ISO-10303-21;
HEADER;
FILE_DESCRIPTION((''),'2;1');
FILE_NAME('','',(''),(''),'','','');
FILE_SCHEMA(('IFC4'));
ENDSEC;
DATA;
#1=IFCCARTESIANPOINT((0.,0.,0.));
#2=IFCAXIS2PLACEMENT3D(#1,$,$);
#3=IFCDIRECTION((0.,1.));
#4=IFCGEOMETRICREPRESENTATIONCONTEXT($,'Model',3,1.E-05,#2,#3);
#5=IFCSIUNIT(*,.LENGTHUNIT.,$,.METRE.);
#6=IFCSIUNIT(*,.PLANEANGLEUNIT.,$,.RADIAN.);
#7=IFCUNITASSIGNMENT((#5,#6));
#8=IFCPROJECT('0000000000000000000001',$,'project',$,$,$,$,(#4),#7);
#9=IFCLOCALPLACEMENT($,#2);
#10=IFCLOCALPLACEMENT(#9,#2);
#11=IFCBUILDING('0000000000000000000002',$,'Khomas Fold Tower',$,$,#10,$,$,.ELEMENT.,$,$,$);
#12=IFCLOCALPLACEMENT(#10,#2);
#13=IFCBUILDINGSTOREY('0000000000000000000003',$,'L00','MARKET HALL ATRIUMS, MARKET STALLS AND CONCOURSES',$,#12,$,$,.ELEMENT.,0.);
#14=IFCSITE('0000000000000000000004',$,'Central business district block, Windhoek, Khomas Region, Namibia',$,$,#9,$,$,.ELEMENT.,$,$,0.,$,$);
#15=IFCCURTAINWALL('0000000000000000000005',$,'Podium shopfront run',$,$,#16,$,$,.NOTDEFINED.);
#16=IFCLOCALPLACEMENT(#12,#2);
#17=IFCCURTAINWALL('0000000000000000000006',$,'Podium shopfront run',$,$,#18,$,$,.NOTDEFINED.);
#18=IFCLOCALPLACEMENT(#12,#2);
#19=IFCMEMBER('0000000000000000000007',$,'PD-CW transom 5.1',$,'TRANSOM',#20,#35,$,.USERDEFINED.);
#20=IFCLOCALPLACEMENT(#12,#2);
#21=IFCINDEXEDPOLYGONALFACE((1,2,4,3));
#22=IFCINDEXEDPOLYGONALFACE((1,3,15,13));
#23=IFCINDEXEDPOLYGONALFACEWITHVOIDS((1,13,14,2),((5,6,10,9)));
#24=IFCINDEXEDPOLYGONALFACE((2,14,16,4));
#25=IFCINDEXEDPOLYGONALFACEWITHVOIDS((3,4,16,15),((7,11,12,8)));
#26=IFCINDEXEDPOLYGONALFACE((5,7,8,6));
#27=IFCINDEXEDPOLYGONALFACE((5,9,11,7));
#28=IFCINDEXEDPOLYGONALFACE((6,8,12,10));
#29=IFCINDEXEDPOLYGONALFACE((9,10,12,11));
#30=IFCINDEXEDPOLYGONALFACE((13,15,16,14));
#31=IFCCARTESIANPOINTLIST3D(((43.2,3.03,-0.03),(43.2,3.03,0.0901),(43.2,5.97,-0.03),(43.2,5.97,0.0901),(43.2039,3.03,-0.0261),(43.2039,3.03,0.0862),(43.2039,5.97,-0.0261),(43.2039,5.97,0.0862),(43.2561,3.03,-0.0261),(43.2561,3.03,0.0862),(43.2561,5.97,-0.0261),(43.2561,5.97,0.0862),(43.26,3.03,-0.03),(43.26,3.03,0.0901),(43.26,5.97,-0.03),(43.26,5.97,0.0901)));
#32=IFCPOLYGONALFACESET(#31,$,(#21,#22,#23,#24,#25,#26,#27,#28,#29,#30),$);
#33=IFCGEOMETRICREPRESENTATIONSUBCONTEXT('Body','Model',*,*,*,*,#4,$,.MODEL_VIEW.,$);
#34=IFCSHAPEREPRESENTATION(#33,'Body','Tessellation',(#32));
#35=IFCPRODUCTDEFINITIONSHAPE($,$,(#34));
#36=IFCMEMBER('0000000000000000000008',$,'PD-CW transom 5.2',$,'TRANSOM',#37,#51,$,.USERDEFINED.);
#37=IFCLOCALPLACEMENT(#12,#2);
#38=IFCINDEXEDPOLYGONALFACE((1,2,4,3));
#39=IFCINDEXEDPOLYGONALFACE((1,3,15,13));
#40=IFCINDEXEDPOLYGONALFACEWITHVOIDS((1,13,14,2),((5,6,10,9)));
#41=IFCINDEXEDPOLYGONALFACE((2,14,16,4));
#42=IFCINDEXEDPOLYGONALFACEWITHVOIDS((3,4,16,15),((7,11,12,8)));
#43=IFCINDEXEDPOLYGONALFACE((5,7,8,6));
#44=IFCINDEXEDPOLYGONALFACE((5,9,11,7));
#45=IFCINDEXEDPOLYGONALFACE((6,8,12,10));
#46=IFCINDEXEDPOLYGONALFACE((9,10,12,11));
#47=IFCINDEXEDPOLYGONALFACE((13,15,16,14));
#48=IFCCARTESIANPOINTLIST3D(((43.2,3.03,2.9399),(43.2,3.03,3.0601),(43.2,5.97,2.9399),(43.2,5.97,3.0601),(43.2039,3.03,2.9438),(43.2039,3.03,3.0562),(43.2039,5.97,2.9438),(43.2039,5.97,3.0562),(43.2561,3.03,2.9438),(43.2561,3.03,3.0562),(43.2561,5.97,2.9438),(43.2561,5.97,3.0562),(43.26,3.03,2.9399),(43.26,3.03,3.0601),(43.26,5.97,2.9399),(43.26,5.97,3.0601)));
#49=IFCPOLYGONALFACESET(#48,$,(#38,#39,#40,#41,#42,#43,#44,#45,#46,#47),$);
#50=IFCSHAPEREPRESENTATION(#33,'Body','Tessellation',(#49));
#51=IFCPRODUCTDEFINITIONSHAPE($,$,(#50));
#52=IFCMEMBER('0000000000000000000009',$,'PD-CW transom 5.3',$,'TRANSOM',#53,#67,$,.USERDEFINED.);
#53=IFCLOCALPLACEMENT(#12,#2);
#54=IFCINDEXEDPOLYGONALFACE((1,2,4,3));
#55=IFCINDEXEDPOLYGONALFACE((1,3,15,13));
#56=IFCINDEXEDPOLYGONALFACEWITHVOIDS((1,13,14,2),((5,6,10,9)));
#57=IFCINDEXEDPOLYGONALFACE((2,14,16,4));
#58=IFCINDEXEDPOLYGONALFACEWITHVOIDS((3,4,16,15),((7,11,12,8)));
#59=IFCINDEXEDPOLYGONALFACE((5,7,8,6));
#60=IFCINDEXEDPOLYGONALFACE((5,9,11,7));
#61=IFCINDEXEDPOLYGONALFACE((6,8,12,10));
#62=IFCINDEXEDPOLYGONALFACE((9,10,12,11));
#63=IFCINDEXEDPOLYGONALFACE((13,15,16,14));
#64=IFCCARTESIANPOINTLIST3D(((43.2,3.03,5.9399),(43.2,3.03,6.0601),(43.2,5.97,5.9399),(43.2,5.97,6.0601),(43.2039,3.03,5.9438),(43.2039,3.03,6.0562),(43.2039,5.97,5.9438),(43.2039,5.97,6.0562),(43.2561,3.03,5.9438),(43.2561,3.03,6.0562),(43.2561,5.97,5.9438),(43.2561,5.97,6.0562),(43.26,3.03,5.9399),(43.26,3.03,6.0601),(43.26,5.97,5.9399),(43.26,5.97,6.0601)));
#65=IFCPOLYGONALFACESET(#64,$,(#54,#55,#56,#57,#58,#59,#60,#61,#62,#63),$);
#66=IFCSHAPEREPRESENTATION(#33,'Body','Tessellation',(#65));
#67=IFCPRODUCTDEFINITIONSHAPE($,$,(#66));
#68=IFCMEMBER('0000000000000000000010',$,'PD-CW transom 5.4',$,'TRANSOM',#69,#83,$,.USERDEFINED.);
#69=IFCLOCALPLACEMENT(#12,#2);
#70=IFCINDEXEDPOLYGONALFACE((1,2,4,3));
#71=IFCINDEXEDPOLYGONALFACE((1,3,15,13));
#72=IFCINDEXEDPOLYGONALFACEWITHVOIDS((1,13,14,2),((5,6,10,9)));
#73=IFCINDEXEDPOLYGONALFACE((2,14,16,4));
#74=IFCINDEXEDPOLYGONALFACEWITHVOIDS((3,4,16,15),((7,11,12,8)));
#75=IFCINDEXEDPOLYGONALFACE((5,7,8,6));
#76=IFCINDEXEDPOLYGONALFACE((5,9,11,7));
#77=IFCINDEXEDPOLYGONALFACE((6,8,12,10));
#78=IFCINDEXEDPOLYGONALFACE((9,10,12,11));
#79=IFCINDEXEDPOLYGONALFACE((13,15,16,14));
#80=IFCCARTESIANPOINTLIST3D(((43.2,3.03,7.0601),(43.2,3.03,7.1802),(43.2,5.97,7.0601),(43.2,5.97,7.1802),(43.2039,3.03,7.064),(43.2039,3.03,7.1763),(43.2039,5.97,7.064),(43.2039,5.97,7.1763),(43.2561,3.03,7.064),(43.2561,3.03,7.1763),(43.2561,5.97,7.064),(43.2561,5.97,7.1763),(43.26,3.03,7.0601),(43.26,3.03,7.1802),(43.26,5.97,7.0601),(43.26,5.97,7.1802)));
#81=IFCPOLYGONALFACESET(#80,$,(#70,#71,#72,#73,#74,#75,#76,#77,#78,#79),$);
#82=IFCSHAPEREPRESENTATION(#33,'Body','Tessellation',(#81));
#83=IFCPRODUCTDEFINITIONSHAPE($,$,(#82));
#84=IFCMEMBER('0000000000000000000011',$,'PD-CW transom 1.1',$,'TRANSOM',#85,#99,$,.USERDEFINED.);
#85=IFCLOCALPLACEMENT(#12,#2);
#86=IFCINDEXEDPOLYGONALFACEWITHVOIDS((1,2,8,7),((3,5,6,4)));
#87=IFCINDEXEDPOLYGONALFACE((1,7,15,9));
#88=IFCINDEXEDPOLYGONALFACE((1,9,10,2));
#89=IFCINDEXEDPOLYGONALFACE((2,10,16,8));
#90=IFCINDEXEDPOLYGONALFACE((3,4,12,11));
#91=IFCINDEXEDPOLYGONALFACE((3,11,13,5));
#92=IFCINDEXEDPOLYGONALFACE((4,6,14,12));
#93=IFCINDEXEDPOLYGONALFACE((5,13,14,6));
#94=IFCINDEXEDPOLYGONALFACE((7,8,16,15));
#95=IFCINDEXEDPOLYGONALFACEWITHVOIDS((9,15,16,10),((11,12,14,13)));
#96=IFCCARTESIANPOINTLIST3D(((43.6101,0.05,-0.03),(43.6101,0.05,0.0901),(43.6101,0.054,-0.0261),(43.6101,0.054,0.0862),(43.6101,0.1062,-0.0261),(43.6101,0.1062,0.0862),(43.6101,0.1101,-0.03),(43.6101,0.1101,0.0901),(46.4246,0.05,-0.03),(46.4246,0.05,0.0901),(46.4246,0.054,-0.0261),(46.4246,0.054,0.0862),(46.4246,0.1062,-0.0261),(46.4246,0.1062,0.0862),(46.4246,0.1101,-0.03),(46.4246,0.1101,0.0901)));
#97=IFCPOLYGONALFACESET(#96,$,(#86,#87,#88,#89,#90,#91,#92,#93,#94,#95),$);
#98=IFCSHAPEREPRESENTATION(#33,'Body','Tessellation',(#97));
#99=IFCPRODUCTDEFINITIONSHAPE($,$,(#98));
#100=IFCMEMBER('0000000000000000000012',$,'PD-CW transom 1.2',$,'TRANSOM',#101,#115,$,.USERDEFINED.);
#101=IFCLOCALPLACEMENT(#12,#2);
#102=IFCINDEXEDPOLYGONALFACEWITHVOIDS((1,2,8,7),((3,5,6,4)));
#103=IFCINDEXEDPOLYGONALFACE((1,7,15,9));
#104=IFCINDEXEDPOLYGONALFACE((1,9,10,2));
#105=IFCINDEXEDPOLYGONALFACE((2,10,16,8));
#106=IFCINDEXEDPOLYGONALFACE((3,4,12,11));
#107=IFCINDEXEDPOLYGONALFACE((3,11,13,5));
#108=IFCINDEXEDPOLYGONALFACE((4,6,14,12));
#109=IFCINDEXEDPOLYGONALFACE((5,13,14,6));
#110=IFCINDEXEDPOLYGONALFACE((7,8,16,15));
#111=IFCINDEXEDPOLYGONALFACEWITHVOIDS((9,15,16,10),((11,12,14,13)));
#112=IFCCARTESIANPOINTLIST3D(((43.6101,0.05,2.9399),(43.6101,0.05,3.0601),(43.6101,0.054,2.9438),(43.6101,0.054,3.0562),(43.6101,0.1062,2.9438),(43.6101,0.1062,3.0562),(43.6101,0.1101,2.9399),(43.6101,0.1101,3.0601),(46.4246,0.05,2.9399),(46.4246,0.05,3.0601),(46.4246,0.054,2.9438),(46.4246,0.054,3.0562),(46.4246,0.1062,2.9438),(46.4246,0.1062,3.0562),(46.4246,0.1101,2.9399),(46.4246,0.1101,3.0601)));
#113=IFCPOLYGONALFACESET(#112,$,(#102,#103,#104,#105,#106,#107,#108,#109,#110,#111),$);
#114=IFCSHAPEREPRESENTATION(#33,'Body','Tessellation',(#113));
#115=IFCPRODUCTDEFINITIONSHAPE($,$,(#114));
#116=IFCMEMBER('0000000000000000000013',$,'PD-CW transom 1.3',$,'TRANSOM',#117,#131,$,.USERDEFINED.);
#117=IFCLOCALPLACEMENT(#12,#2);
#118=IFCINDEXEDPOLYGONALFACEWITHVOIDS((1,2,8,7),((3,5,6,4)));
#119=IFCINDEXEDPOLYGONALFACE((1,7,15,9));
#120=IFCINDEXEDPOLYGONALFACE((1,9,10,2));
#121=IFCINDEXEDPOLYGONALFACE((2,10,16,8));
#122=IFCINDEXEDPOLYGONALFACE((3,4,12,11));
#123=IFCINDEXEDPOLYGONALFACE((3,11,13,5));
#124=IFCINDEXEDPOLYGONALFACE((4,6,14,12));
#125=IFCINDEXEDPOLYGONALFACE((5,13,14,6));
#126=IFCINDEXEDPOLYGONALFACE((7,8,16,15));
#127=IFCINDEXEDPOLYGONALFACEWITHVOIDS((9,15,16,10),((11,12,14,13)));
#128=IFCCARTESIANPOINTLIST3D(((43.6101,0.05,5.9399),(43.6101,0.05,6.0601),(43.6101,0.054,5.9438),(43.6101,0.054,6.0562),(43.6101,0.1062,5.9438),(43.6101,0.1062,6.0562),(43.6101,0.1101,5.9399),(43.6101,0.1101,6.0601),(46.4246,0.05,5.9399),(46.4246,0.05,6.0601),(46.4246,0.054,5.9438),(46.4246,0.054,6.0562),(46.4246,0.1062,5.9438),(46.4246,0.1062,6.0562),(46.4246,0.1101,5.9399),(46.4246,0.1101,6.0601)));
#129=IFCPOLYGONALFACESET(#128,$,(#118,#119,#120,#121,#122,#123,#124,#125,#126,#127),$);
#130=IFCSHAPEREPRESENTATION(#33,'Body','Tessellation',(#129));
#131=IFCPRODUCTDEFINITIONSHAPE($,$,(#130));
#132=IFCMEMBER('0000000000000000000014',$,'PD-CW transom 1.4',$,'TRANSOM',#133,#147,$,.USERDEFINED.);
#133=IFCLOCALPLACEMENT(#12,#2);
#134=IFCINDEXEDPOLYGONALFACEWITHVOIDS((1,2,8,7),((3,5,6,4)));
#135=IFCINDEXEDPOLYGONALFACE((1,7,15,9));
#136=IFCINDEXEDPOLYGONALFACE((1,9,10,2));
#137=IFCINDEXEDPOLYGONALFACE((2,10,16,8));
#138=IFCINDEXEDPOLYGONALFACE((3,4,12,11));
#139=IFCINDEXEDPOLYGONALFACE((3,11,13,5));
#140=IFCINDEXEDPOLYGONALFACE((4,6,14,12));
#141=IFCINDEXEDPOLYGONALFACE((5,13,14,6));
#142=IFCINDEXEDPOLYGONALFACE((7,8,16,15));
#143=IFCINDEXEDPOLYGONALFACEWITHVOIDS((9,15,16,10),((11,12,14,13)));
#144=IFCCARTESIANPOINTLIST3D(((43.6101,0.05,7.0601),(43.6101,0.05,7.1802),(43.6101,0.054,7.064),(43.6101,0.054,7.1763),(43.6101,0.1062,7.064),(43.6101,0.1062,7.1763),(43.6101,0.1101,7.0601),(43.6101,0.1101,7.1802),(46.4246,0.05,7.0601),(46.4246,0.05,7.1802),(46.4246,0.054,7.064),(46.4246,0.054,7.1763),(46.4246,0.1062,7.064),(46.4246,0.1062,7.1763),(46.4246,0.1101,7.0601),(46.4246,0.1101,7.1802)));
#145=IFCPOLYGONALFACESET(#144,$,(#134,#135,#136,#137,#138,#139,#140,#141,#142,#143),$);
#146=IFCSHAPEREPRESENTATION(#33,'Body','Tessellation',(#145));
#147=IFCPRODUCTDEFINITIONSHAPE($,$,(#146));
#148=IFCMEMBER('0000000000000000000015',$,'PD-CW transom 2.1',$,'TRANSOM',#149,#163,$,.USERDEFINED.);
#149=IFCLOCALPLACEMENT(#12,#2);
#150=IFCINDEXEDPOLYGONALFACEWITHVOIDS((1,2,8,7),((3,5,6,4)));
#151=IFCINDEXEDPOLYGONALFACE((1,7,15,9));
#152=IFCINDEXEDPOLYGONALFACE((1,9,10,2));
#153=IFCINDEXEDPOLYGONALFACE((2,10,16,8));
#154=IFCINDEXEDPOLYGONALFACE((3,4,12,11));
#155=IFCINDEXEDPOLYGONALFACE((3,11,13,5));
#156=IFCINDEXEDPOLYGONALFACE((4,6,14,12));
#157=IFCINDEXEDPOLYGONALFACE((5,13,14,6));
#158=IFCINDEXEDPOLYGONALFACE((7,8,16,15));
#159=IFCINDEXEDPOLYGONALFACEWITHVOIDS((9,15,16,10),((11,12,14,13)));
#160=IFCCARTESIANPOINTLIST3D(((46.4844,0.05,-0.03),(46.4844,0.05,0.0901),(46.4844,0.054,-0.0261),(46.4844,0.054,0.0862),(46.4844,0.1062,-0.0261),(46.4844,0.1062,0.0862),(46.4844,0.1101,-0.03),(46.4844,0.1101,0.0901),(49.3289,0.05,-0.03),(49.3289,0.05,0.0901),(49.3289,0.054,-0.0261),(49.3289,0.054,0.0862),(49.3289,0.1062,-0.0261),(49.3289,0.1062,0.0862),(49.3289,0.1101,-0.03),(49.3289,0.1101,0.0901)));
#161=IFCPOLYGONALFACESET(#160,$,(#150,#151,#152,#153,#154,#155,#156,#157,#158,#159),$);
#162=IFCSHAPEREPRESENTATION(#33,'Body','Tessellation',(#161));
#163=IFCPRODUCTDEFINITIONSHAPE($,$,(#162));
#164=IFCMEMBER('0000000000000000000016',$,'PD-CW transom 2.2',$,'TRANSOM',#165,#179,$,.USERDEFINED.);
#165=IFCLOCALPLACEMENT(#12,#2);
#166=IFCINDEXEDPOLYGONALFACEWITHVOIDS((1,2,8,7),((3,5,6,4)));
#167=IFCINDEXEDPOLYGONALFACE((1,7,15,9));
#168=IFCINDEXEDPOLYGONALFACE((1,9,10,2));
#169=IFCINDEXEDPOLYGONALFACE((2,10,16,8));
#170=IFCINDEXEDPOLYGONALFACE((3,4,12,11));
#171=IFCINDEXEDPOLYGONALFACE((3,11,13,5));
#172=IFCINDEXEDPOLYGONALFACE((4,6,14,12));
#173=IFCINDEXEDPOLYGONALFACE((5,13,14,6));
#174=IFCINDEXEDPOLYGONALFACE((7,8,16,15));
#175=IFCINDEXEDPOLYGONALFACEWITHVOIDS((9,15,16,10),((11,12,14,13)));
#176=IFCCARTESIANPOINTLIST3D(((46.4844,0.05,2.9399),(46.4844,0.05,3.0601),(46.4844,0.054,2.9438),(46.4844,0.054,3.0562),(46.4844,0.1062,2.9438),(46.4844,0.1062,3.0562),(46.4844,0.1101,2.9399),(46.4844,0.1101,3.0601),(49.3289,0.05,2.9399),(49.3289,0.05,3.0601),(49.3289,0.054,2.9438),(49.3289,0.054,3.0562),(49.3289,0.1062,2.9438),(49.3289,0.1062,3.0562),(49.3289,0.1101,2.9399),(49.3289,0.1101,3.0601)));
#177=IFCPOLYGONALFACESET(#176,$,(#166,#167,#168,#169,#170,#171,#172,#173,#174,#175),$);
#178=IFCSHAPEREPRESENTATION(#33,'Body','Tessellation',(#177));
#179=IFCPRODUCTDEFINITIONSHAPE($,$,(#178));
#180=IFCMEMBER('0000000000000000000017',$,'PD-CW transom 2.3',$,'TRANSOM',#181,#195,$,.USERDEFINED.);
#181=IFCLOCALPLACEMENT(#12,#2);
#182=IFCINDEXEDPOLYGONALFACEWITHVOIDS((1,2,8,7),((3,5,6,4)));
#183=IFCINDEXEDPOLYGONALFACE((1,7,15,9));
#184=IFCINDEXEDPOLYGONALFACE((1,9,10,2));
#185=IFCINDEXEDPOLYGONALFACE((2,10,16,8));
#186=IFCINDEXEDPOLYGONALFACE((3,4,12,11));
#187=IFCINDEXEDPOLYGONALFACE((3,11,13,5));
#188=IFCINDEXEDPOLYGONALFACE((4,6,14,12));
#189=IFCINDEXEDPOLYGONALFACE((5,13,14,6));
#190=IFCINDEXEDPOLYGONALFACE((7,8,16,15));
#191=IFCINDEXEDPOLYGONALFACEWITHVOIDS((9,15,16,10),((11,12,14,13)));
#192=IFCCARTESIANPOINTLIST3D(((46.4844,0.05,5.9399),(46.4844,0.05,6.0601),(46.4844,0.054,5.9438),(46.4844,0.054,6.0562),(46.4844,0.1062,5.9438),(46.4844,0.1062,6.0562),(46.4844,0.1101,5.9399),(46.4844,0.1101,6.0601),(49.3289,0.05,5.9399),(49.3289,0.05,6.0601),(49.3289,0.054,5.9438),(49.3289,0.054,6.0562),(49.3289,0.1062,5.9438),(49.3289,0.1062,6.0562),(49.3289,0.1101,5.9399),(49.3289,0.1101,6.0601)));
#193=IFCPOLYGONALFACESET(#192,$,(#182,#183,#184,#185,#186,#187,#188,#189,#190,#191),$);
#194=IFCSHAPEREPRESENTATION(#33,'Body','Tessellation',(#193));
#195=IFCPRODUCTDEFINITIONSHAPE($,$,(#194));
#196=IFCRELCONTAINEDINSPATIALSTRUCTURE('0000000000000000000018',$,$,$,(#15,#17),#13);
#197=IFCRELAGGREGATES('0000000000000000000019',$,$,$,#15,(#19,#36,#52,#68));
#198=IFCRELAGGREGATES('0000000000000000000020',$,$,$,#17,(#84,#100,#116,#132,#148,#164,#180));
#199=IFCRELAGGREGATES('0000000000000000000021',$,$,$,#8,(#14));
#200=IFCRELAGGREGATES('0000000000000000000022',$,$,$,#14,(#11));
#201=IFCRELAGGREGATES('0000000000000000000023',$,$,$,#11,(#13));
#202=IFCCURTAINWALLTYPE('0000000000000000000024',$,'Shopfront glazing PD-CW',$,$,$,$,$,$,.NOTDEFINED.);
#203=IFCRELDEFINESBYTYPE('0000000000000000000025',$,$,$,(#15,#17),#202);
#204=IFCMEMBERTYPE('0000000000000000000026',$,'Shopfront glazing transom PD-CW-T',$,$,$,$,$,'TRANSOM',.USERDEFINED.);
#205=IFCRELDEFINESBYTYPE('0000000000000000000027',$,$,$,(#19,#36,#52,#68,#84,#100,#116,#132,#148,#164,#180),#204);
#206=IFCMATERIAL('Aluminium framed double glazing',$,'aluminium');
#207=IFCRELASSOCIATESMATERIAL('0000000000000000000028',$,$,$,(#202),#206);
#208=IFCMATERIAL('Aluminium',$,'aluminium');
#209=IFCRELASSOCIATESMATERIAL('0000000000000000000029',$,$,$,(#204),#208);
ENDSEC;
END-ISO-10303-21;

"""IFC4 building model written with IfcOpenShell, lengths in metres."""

from ifc_helpers import new_model, si_unit, direction, frame, origin, origin_2d, place, context, subcontext, project, spatial, hollow_rectangle, extrude, source, transform, mapped, material, material_profile, profile_set, type_object, element, aggregate, save


model = new_model("IFC4")

# Units and contexts
model_context = context("Model", 3, precision=1e-05, world=origin(), true_north=direction((0.0, 1.0)))
body_context = subcontext(model_context, "Body", "Model", "MODEL_VIEW")
ifc_project = project(units=[si_unit("LENGTHUNIT", "METRE"), si_unit("PLANEANGLEUNIT", "RADIAN")], contexts=[model_context])

# Site, building, storey
site_placement = place(None, origin())
site = spatial("IfcSite", under=ifc_project, at=site_placement, Name="Central business district block, Windhoek, Khomas Region, Namibia", CompositionType="ELEMENT", RefElevation=0.0)
building_placement = place(site_placement, origin())
building = spatial("IfcBuilding", under=site, at=building_placement, Name="Khomas Fold Tower", CompositionType="ELEMENT")
storey_placement = place(building_placement, origin())
storey = spatial("IfcBuildingStorey", under=building, at=storey_placement, Name="L00", Description="MARKET HALL ATRIUMS, MARKET STALLS AND CONCOURSES", CompositionType="ELEMENT", Elevation=0.0)

# Shared definitions
ifc_material_1 = material(Name="Aluminium framed double glazing", Category="aluminium")
curtain_wall_type = type_object("IfcCurtainWallType", Name="Shopfront glazing PD-CW", PredefinedType="NOTDEFINED", material=ifc_material_1)

# Curtain walls
curtain_wall_1_placement = place(storey_placement, origin())
curtain_wall_1 = element("IfcCurtainWall", 1, at=curtain_wall_1_placement, inside=storey, type_object=curtain_wall_type, Name="Podium shopfront run", PredefinedType="NOTDEFINED")
curtain_wall_2_placement = place(storey_placement, origin())
curtain_wall_2 = element("IfcCurtainWall", 2, at=curtain_wall_2_placement, inside=storey, type_object=curtain_wall_type, Name="Podium shopfront run", PredefinedType="NOTDEFINED")

# Members
ifc_material_2 = material(Name="Aluminium", Category="aluminium")
ifc_material_profile_1 = material_profile(ifc_material_2, hollow_rectangle(XDim=0.0601, YDim=0.1201, WallThickness=0.0039, at=origin_2d()), Name="Shopfront glazing transom PD-CW-T")
ifc_profile_set_1 = profile_set([ifc_material_profile_1], Name="Aluminium")
member_type_1 = type_object("IfcMemberType", Name="Shopfront glazing transom PD-CW-T", ElementType="TRANSOM", PredefinedType="USERDEFINED", material=ifc_profile_set_1)
shared_shape_1 = source(origin(), body_context, "Body", "SweptSolid", [
    extrude(hollow_rectangle(XDim=0.0601, YDim=0.1201, WallThickness=0.0039, at=origin_2d()), origin(), (0.0, 0.0, 1.0), 2.9399),
])
member_1_placement = place(storey_placement, frame((43.23, 5.97, 0.03), z_axis=(0.0, -1.0, 0.0), x_axis=(1.0, 0.0, 0.0)))
member_1 = element("IfcMember", 3, at=member_1_placement, type_object=member_type_1, Name="PD-CW transom 5.1", ObjectType="TRANSOM", PredefinedType="USERDEFINED", context=body_context, shape_type="MappedRepresentation", body=[
    mapped(shared_shape_1, transform((0.0, 0.0, 0.0))),
])
member_2_placement = place(storey_placement, frame((43.23, 5.97, 3.0), z_axis=(0.0, -1.0, 0.0), x_axis=(1.0, 0.0, 0.0)))
member_2 = element("IfcMember", 4, at=member_2_placement, type_object=member_type_1, Name="PD-CW transom 5.2", ObjectType="TRANSOM", PredefinedType="USERDEFINED", context=body_context, shape_type="MappedRepresentation", body=[
    mapped(shared_shape_1, transform((0.0, 0.0, 0.0))),
])
member_3_placement = place(storey_placement, frame((43.23, 5.97, 6.0), z_axis=(0.0, -1.0, 0.0), x_axis=(1.0, 0.0, 0.0)))
member_3 = element("IfcMember", 5, at=member_3_placement, type_object=member_type_1, Name="PD-CW transom 5.3", ObjectType="TRANSOM", PredefinedType="USERDEFINED", context=body_context, shape_type="MappedRepresentation", body=[
    mapped(shared_shape_1, transform((0.0, 0.0, 0.0))),
])
member_4_placement = place(storey_placement, frame((43.23, 5.97, 7.1201), z_axis=(0.0, -1.0, 0.0), x_axis=(1.0, 0.0, 0.0)))
member_4 = element("IfcMember", 6, at=member_4_placement, type_object=member_type_1, Name="PD-CW transom 5.4", ObjectType="TRANSOM", PredefinedType="USERDEFINED", context=body_context, shape_type="MappedRepresentation", body=[
    mapped(shared_shape_1, transform((0.0, 0.0, 0.0))),
])
shared_shape_2 = source(origin(), body_context, "Body", "SweptSolid", [
    extrude(hollow_rectangle(XDim=0.0601, YDim=0.1201, WallThickness=0.0039, at=origin_2d()), origin(), (0.0, 0.0, 1.0), 2.8145),
])
member_5_placement = place(storey_placement, frame((43.6101, 0.0801, 0.03), z_axis=(1.0, 0.0, 0.0), x_axis=(0.0, 1.0, 0.0)))
member_5 = element("IfcMember", 7, at=member_5_placement, type_object=member_type_1, Name="PD-CW transom 1.1", ObjectType="TRANSOM", PredefinedType="USERDEFINED", context=body_context, shape_type="MappedRepresentation", body=[
    mapped(shared_shape_2, transform((0.0, 0.0, 0.0))),
])
member_6_placement = place(storey_placement, frame((43.6101, 0.0801, 3.0), z_axis=(1.0, 0.0, 0.0), x_axis=(0.0, 1.0, 0.0)))
member_6 = element("IfcMember", 8, at=member_6_placement, type_object=member_type_1, Name="PD-CW transom 1.2", ObjectType="TRANSOM", PredefinedType="USERDEFINED", context=body_context, shape_type="MappedRepresentation", body=[
    mapped(shared_shape_2, transform((0.0, 0.0, 0.0))),
])
member_7_placement = place(storey_placement, frame((43.6101, 0.0801, 6.0), z_axis=(1.0, 0.0, 0.0), x_axis=(0.0, 1.0, 0.0)))
member_7 = element("IfcMember", 9, at=member_7_placement, type_object=member_type_1, Name="PD-CW transom 1.3", ObjectType="TRANSOM", PredefinedType="USERDEFINED", context=body_context, shape_type="MappedRepresentation", body=[
    mapped(shared_shape_2, transform((0.0, 0.0, 0.0))),
])
member_8_placement = place(storey_placement, frame((43.6101, 0.0801, 7.1201), z_axis=(1.0, 0.0, 0.0), x_axis=(0.0, 1.0, 0.0)))
member_8 = element("IfcMember", 10, at=member_8_placement, type_object=member_type_1, Name="PD-CW transom 1.4", ObjectType="TRANSOM", PredefinedType="USERDEFINED", context=body_context, shape_type="MappedRepresentation", body=[
    mapped(shared_shape_2, transform((0.0, 0.0, 0.0))),
])
shared_shape_3 = source(origin(), body_context, "Body", "SweptSolid", [
    extrude(hollow_rectangle(XDim=0.0601, YDim=0.1201, WallThickness=0.0039, at=origin_2d()), origin(), (0.0, 0.0, 1.0), 2.8445),
])
member_9_placement = place(storey_placement, frame((46.4844, 0.0801, 0.03), z_axis=(1.0, 0.0, 0.0), x_axis=(0.0, 1.0, 0.0)))
member_9 = element("IfcMember", 11, at=member_9_placement, type_object=member_type_1, Name="PD-CW transom 2.1", ObjectType="TRANSOM", PredefinedType="USERDEFINED", context=body_context, shape_type="MappedRepresentation", body=[
    mapped(shared_shape_3, transform((0.0, 0.0, 0.0))),
])
member_10_placement = place(storey_placement, frame((46.4844, 0.0801, 3.0), z_axis=(1.0, 0.0, 0.0), x_axis=(0.0, 1.0, 0.0)))
member_10 = element("IfcMember", 12, at=member_10_placement, type_object=member_type_1, Name="PD-CW transom 2.2", ObjectType="TRANSOM", PredefinedType="USERDEFINED", context=body_context, shape_type="MappedRepresentation", body=[
    mapped(shared_shape_3, transform((0.0, 0.0, 0.0))),
])
member_11_placement = place(storey_placement, frame((46.4844, 0.0801, 6.0), z_axis=(1.0, 0.0, 0.0), x_axis=(0.0, 1.0, 0.0)))
member_11 = element("IfcMember", 13, at=member_11_placement, type_object=member_type_1, Name="PD-CW transom 2.3", ObjectType="TRANSOM", PredefinedType="USERDEFINED", context=body_context, shape_type="MappedRepresentation", body=[
    mapped(shared_shape_3, transform((0.0, 0.0, 0.0))),
])

aggregate(curtain_wall_1, [member_1, member_2, member_3, member_4])
aggregate(curtain_wall_2, [member_5, member_6, member_7, member_8, member_9, member_10, member_11])

save(model, "model.ifc")
